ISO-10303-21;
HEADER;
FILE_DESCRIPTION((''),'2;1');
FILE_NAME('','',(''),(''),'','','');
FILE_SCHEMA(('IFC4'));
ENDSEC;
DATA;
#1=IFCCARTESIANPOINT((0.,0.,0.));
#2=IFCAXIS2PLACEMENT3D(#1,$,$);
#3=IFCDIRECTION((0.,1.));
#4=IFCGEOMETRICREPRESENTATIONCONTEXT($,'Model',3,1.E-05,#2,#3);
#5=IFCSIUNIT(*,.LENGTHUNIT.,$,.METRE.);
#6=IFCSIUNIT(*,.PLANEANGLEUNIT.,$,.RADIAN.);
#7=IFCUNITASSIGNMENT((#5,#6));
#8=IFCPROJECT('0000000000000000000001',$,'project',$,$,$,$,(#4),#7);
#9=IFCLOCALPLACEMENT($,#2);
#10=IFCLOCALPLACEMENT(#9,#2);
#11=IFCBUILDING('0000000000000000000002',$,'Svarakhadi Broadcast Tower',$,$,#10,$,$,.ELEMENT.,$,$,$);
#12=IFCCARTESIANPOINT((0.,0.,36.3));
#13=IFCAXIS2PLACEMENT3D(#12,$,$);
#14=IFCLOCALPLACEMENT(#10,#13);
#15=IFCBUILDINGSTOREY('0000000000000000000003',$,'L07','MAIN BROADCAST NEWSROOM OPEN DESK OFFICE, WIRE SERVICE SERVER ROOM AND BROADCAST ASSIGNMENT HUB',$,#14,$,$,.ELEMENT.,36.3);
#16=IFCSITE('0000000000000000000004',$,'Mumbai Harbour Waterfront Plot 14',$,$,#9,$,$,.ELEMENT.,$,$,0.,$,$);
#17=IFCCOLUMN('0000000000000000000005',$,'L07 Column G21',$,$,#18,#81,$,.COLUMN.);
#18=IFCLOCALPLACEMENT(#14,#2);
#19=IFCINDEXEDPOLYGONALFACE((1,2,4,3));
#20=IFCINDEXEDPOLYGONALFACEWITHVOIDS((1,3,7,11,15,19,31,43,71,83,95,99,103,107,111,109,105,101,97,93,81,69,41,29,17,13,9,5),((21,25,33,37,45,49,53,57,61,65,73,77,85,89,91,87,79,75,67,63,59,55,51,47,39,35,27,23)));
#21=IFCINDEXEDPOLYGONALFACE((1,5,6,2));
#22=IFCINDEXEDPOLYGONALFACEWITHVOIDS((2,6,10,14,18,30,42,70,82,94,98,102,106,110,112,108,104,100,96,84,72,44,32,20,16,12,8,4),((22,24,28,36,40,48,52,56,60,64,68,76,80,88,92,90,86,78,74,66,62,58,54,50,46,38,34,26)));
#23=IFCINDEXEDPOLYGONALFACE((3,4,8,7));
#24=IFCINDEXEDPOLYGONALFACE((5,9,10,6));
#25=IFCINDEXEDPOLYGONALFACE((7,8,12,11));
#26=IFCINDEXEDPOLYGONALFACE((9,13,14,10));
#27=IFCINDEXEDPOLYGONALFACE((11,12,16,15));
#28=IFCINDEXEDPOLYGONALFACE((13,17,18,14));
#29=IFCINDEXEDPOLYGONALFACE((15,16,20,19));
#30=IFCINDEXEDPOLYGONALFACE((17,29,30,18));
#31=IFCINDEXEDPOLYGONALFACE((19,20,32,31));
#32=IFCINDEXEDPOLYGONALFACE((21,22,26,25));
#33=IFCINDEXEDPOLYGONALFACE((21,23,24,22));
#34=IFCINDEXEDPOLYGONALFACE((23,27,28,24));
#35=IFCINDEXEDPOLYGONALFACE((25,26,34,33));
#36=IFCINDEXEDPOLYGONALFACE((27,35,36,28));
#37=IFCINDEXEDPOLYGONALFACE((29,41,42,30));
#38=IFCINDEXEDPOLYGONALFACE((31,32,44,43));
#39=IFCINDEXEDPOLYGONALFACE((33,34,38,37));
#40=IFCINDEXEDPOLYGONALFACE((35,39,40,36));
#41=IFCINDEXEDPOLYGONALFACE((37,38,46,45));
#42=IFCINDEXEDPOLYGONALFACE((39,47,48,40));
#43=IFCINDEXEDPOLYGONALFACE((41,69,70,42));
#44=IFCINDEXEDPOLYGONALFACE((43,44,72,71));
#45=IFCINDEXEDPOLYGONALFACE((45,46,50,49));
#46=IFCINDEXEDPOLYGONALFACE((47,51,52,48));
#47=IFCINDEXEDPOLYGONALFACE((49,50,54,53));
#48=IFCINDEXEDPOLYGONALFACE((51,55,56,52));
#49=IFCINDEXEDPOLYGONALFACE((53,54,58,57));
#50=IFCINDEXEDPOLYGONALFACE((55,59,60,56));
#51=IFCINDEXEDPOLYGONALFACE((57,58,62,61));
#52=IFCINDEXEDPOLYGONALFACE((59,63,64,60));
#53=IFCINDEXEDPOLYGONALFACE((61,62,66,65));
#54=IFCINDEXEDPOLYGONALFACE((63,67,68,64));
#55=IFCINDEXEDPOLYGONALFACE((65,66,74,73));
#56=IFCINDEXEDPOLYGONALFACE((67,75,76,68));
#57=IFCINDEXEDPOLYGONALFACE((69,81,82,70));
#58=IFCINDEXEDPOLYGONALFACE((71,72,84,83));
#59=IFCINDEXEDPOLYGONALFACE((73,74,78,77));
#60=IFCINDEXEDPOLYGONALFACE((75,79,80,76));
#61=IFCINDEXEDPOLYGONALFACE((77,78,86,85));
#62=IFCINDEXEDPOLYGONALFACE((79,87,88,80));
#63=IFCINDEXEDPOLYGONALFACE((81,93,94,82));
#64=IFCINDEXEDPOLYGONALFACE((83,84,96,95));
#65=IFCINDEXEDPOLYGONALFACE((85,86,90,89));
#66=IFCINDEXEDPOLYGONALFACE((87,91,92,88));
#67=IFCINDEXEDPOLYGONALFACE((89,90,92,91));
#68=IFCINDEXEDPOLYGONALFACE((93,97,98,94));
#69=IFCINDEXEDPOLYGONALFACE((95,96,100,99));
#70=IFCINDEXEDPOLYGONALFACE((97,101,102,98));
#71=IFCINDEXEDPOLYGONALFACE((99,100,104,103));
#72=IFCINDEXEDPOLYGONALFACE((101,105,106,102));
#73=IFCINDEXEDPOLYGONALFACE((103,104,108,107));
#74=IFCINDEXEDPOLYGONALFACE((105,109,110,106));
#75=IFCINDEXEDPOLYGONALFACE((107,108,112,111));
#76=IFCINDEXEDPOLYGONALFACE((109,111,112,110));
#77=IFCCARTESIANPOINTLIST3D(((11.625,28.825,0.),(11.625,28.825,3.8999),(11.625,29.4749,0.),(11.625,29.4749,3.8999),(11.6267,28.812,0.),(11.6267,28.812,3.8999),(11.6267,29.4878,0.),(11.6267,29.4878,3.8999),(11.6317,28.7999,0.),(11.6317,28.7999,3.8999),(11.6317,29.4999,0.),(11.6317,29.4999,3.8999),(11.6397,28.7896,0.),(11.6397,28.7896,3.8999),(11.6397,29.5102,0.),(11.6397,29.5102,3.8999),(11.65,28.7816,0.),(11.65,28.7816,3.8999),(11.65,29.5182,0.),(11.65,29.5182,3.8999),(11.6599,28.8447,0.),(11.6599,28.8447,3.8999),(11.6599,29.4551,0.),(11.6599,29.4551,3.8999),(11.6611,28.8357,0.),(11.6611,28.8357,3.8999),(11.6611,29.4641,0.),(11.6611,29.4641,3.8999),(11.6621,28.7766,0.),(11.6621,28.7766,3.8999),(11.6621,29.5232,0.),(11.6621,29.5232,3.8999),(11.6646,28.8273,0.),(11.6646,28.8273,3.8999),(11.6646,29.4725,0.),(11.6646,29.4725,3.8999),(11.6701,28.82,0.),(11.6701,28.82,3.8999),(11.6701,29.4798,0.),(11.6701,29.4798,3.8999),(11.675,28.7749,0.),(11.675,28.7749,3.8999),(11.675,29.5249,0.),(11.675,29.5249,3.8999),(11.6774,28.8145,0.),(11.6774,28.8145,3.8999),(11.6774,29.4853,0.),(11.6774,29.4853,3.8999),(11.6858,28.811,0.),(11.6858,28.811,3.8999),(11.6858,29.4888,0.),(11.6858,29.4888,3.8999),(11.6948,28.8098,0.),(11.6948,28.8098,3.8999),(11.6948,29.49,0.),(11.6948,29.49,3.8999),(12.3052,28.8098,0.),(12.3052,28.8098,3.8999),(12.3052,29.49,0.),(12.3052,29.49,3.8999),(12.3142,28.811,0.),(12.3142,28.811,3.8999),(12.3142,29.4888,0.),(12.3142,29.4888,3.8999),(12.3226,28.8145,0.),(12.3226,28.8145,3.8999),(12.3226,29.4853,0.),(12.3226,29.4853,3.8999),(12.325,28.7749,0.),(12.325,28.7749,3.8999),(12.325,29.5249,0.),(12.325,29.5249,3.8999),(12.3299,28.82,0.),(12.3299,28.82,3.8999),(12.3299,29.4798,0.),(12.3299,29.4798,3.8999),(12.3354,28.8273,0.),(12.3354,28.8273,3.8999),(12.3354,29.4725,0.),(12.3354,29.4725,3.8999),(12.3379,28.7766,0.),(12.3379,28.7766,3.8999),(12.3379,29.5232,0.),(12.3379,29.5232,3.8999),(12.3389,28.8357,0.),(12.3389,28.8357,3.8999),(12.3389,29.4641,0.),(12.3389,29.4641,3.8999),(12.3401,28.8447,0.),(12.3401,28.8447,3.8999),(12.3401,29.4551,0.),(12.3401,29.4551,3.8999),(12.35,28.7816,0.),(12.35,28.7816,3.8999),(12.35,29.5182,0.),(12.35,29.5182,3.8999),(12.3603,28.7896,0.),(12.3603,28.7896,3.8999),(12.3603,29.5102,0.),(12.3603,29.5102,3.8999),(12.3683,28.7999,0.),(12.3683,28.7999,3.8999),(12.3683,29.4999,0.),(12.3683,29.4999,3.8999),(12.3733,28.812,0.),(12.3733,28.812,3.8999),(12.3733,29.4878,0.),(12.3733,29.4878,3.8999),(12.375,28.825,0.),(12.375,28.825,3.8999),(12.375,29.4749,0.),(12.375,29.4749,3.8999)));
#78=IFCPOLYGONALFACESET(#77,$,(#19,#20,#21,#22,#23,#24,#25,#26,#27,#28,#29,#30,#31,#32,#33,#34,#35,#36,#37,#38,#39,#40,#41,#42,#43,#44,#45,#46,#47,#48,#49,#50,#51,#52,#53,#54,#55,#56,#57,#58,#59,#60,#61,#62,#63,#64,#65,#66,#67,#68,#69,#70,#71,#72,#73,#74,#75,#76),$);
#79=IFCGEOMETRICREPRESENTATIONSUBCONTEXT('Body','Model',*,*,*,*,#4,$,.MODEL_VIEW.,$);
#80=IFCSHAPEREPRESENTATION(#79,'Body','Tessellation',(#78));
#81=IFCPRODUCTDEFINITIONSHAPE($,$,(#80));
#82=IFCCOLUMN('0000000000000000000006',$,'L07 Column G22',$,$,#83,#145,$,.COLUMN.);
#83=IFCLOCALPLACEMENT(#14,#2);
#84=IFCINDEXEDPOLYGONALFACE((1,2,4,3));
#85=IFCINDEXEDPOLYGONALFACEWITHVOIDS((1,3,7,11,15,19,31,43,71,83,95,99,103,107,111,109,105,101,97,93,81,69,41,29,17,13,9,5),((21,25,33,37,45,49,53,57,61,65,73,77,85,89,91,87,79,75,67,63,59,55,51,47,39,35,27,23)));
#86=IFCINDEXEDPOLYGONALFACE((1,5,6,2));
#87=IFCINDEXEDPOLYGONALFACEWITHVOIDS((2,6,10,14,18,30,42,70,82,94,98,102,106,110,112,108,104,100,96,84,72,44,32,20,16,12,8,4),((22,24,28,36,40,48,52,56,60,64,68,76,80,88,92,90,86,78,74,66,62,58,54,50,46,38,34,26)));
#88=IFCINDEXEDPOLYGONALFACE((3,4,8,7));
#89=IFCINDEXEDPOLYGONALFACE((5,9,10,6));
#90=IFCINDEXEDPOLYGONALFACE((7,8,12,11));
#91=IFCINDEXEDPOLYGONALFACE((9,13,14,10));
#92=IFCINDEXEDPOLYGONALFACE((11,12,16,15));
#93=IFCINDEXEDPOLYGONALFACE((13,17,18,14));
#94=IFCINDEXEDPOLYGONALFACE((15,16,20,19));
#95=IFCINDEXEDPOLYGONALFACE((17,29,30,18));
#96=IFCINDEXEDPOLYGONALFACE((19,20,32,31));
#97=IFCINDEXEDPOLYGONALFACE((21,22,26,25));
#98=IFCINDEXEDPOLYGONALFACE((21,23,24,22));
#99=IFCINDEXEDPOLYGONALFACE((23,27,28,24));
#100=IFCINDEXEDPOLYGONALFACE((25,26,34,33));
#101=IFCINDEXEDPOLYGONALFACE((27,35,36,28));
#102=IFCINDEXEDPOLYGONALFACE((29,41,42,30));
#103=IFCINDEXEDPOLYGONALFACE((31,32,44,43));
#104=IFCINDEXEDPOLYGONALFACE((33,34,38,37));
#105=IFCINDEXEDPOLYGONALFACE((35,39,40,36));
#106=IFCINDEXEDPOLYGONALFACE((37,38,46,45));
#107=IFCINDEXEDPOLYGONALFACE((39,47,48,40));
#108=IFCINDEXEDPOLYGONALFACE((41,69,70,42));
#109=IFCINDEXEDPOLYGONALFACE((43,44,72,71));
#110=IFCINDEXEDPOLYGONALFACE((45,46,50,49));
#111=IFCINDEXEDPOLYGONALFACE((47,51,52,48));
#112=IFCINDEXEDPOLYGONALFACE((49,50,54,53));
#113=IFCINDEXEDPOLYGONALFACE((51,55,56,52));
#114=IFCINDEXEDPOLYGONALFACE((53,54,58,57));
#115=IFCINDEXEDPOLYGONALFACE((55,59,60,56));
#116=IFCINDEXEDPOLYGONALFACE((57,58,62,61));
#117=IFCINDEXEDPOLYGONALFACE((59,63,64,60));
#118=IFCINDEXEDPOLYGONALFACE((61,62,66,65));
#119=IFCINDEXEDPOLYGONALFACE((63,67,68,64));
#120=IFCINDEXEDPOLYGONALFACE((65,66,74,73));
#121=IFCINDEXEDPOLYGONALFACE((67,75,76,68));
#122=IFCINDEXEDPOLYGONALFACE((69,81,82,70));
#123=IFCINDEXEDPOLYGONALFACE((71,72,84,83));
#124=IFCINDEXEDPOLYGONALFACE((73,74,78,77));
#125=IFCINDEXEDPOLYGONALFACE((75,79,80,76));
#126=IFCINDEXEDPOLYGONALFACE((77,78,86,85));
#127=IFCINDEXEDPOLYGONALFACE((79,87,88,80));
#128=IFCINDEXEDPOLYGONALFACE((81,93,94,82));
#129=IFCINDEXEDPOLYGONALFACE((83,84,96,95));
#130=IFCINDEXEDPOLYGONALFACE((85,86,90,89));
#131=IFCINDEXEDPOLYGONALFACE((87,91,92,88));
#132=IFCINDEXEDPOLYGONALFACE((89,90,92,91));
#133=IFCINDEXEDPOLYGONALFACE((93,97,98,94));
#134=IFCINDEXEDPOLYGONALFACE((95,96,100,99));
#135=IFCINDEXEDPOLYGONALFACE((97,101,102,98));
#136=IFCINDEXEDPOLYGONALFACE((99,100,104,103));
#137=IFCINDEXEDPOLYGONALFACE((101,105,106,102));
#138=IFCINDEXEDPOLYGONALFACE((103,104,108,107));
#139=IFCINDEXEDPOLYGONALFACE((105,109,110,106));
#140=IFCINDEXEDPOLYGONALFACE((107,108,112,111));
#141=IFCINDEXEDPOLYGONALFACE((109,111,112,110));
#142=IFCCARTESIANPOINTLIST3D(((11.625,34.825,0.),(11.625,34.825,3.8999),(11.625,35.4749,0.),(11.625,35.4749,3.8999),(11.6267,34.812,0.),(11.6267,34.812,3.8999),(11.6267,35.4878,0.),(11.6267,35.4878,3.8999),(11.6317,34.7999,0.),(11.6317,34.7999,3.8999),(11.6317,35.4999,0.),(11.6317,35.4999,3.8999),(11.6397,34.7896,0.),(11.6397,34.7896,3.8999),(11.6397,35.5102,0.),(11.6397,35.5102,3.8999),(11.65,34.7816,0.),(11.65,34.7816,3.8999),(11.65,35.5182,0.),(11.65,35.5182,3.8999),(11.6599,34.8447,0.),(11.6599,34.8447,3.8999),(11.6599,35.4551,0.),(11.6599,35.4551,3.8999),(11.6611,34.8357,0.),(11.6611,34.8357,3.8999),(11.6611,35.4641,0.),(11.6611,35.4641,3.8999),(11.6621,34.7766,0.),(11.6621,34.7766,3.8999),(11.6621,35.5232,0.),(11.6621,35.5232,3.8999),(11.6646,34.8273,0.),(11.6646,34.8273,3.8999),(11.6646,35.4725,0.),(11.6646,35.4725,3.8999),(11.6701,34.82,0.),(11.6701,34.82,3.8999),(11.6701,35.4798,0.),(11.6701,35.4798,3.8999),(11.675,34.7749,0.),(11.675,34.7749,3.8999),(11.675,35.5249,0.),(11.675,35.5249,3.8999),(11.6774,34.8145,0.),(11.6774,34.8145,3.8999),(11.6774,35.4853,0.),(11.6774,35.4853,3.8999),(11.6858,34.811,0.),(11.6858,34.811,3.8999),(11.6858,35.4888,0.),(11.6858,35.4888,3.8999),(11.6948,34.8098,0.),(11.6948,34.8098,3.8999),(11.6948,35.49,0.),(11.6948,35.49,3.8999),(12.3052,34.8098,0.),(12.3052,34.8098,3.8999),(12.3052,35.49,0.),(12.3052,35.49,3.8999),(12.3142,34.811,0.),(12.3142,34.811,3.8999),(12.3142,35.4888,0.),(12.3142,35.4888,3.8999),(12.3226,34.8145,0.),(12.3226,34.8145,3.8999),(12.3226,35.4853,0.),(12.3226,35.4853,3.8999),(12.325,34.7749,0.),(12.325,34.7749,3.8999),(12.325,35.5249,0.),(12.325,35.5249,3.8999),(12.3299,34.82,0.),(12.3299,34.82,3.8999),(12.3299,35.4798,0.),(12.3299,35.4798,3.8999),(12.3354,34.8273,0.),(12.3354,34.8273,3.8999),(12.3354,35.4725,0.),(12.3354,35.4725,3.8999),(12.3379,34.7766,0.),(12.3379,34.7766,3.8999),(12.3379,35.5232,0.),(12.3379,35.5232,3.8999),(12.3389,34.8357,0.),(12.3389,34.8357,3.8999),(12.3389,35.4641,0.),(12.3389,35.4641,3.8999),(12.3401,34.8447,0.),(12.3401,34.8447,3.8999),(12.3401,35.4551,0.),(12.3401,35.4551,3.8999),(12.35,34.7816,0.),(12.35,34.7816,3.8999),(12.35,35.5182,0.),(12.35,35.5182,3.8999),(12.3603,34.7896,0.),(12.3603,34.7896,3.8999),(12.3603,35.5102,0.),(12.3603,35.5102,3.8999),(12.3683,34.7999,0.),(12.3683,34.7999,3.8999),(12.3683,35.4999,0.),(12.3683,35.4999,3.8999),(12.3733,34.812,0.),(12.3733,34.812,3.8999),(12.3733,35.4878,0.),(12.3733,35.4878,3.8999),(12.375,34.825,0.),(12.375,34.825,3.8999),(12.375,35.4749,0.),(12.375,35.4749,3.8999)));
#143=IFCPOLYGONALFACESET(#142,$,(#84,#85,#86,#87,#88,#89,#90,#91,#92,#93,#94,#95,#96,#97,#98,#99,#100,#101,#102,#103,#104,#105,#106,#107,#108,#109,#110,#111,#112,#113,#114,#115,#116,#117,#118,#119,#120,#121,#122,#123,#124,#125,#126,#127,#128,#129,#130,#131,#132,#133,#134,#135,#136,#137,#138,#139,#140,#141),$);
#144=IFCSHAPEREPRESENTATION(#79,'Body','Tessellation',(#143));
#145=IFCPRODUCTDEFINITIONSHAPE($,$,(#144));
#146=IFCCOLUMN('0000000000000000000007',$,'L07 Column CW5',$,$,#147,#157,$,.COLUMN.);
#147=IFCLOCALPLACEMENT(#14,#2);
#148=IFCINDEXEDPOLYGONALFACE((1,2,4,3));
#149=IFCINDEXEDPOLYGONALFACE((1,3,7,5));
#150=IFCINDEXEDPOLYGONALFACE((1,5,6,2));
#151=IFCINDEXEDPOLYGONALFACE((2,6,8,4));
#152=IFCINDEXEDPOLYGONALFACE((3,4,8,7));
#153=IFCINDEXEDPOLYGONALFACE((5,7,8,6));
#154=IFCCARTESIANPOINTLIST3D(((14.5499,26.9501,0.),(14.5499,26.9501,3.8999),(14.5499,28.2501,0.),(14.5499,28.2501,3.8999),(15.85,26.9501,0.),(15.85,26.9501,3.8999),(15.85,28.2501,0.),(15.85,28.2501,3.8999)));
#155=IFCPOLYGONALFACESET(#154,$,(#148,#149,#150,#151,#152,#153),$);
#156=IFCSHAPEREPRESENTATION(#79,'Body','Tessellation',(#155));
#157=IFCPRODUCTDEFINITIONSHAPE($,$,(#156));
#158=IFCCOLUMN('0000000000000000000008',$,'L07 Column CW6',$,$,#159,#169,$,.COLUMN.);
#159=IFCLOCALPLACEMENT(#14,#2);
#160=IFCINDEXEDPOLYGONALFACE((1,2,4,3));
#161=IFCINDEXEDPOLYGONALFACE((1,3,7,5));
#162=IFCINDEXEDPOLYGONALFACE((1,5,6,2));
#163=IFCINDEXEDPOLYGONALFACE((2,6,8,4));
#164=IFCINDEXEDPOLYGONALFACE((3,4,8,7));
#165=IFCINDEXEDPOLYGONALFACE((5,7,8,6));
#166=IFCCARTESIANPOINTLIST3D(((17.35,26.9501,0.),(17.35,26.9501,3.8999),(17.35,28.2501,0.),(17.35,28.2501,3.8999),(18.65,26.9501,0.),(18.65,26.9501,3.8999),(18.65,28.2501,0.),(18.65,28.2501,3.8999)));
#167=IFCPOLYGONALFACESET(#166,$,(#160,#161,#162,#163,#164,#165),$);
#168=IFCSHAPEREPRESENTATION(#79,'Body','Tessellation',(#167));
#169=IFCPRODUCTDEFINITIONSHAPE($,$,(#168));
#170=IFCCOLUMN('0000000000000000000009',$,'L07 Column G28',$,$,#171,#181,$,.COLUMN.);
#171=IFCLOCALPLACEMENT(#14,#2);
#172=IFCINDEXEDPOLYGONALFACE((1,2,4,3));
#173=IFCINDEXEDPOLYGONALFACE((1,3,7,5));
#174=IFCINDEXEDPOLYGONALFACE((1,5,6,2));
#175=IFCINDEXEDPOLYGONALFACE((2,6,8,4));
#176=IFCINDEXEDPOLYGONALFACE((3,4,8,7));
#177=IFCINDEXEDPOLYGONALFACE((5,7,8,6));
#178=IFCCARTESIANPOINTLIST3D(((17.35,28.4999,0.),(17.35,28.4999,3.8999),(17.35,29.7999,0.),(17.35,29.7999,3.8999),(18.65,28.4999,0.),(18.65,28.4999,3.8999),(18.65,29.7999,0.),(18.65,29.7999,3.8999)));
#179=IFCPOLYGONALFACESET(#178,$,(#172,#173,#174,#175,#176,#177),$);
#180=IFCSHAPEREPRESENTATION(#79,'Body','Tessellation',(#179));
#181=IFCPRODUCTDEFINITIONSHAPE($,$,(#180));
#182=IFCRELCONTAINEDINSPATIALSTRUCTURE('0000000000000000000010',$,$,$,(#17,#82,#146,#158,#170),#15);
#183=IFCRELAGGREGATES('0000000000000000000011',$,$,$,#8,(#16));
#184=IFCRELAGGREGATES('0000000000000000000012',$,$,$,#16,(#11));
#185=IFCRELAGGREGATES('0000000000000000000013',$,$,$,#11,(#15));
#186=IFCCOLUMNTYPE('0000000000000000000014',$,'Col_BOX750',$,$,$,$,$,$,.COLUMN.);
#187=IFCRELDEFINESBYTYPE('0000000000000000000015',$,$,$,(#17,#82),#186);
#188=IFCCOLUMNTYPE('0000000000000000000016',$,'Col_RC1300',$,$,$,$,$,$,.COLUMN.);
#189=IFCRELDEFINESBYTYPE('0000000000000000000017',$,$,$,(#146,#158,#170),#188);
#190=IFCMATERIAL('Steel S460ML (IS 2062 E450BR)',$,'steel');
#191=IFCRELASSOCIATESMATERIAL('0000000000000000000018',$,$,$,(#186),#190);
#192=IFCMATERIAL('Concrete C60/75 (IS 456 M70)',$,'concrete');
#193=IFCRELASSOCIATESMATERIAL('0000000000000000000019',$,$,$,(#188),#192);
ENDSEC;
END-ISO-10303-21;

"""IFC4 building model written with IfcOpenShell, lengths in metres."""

from ifc_helpers import new_model, si_unit, direction, frame, origin, origin_2d, place, context, subcontext, project, spatial, rectangle, hollow_rectangle, extrude, material, material_profile, profile_set, type_object, element, save


model = new_model("IFC4")

# Units and contexts
model_context = context("Model", 3, precision=1e-05, world=origin(), true_north=direction((0.0, 1.0)))
body_context = subcontext(model_context, "Body", "Model", "MODEL_VIEW")
ifc_project = project(units=[si_unit("LENGTHUNIT", "METRE"), si_unit("PLANEANGLEUNIT", "RADIAN")], contexts=[model_context])

# Site, building, storey
site_placement = place(None, origin())
site = spatial("IfcSite", under=ifc_project, at=site_placement, Name="Mumbai Harbour Waterfront Plot 14", CompositionType="ELEMENT", RefElevation=0.0)
building_placement = place(site_placement, origin())
building = spatial("IfcBuilding", under=site, at=building_placement, Name="Svarakhadi Broadcast Tower", CompositionType="ELEMENT")
storey_placement = place(building_placement, frame((0.0, 0.0, 36.3)))
storey = spatial("IfcBuildingStorey", under=building, at=storey_placement, Name="L07", Description="MAIN BROADCAST NEWSROOM OPEN DESK OFFICE, WIRE SERVICE SERVER ROOM AND BROADCAST ASSIGNMENT HUB", CompositionType="ELEMENT", Elevation=36.3)

# Columns
ifc_material_1 = material(Name="Steel S460ML (IS 2062 E450BR)", Category="steel")
ifc_material_profile_1 = material_profile(ifc_material_1, hollow_rectangle(XDim=0.75, YDim=0.75, WallThickness=0.0349, InnerFilletRadius=0.0349, OuterFilletRadius=0.05, at=origin_2d()), Name="BOX 750x750x35")
ifc_profile_set_1 = profile_set([ifc_material_profile_1], Name="Steel S460ML (IS 2062 E450BR)")
column_type_1 = type_object("IfcColumnType", Name="Col_BOX750", PredefinedType="COLUMN", material=ifc_profile_set_1)
for number, where, z_axis, x_axis, name in (
    (1, (12.0, 29.1499, 0.0), (0.0, 0.0, 1.0), (1.0, 0.0, 0.0), "L07 Column G21"),
    (2, (12.0, 35.1499, 0.0), (0.0, 0.0, 1.0), (1.0, 0.0, 0.0), "L07 Column G22"),
):
    element("IfcColumn", number, at=place(storey_placement, frame(where, z_axis=z_axis, x_axis=x_axis)), inside=storey, type_object=column_type_1, Name=name, PredefinedType="COLUMN", context=body_context, shape_type="SweptSolid", body=[
        extrude(hollow_rectangle(XDim=0.75, YDim=0.75, WallThickness=0.0349, InnerFilletRadius=0.0349, OuterFilletRadius=0.05, at=origin_2d()), origin(), (0.0, 0.0, 1.0), 3.8999),
    ])
ifc_material_2 = material(Name="Concrete C60/75 (IS 456 M70)", Category="concrete")
ifc_material_profile_2 = material_profile(ifc_material_2, rectangle(XDim=1.3, YDim=1.3, at=origin_2d()), Name="RC 1300x1300")
ifc_profile_set_2 = profile_set([ifc_material_profile_2], Name="Concrete C60/75 (IS 456 M70)")
column_type_2 = type_object("IfcColumnType", Name="Col_RC1300", PredefinedType="COLUMN", material=ifc_profile_set_2)
for number, where, z_axis, x_axis, name in (
    (3, (15.2, 27.6001, 0.0), (0.0, 0.0, 1.0), (1.0, 0.0, 0.0), "L07 Column CW5"),
    (4, (18.0, 27.6001, 0.0), (0.0, 0.0, 1.0), (1.0, 0.0, 0.0), "L07 Column CW6"),
    (5, (18.0, 29.1499, 0.0), (0.0, 0.0, 1.0), (1.0, 0.0, 0.0), "L07 Column G28"),
):
    element("IfcColumn", number, at=place(storey_placement, frame(where, z_axis=z_axis, x_axis=x_axis)), inside=storey, type_object=column_type_2, Name=name, PredefinedType="COLUMN", context=body_context, shape_type="SweptSolid", body=[
        extrude(rectangle(XDim=1.3, YDim=1.3, at=origin_2d()), origin(), (0.0, 0.0, 1.0), 3.8999),
    ])

save(model, "model.ifc")
